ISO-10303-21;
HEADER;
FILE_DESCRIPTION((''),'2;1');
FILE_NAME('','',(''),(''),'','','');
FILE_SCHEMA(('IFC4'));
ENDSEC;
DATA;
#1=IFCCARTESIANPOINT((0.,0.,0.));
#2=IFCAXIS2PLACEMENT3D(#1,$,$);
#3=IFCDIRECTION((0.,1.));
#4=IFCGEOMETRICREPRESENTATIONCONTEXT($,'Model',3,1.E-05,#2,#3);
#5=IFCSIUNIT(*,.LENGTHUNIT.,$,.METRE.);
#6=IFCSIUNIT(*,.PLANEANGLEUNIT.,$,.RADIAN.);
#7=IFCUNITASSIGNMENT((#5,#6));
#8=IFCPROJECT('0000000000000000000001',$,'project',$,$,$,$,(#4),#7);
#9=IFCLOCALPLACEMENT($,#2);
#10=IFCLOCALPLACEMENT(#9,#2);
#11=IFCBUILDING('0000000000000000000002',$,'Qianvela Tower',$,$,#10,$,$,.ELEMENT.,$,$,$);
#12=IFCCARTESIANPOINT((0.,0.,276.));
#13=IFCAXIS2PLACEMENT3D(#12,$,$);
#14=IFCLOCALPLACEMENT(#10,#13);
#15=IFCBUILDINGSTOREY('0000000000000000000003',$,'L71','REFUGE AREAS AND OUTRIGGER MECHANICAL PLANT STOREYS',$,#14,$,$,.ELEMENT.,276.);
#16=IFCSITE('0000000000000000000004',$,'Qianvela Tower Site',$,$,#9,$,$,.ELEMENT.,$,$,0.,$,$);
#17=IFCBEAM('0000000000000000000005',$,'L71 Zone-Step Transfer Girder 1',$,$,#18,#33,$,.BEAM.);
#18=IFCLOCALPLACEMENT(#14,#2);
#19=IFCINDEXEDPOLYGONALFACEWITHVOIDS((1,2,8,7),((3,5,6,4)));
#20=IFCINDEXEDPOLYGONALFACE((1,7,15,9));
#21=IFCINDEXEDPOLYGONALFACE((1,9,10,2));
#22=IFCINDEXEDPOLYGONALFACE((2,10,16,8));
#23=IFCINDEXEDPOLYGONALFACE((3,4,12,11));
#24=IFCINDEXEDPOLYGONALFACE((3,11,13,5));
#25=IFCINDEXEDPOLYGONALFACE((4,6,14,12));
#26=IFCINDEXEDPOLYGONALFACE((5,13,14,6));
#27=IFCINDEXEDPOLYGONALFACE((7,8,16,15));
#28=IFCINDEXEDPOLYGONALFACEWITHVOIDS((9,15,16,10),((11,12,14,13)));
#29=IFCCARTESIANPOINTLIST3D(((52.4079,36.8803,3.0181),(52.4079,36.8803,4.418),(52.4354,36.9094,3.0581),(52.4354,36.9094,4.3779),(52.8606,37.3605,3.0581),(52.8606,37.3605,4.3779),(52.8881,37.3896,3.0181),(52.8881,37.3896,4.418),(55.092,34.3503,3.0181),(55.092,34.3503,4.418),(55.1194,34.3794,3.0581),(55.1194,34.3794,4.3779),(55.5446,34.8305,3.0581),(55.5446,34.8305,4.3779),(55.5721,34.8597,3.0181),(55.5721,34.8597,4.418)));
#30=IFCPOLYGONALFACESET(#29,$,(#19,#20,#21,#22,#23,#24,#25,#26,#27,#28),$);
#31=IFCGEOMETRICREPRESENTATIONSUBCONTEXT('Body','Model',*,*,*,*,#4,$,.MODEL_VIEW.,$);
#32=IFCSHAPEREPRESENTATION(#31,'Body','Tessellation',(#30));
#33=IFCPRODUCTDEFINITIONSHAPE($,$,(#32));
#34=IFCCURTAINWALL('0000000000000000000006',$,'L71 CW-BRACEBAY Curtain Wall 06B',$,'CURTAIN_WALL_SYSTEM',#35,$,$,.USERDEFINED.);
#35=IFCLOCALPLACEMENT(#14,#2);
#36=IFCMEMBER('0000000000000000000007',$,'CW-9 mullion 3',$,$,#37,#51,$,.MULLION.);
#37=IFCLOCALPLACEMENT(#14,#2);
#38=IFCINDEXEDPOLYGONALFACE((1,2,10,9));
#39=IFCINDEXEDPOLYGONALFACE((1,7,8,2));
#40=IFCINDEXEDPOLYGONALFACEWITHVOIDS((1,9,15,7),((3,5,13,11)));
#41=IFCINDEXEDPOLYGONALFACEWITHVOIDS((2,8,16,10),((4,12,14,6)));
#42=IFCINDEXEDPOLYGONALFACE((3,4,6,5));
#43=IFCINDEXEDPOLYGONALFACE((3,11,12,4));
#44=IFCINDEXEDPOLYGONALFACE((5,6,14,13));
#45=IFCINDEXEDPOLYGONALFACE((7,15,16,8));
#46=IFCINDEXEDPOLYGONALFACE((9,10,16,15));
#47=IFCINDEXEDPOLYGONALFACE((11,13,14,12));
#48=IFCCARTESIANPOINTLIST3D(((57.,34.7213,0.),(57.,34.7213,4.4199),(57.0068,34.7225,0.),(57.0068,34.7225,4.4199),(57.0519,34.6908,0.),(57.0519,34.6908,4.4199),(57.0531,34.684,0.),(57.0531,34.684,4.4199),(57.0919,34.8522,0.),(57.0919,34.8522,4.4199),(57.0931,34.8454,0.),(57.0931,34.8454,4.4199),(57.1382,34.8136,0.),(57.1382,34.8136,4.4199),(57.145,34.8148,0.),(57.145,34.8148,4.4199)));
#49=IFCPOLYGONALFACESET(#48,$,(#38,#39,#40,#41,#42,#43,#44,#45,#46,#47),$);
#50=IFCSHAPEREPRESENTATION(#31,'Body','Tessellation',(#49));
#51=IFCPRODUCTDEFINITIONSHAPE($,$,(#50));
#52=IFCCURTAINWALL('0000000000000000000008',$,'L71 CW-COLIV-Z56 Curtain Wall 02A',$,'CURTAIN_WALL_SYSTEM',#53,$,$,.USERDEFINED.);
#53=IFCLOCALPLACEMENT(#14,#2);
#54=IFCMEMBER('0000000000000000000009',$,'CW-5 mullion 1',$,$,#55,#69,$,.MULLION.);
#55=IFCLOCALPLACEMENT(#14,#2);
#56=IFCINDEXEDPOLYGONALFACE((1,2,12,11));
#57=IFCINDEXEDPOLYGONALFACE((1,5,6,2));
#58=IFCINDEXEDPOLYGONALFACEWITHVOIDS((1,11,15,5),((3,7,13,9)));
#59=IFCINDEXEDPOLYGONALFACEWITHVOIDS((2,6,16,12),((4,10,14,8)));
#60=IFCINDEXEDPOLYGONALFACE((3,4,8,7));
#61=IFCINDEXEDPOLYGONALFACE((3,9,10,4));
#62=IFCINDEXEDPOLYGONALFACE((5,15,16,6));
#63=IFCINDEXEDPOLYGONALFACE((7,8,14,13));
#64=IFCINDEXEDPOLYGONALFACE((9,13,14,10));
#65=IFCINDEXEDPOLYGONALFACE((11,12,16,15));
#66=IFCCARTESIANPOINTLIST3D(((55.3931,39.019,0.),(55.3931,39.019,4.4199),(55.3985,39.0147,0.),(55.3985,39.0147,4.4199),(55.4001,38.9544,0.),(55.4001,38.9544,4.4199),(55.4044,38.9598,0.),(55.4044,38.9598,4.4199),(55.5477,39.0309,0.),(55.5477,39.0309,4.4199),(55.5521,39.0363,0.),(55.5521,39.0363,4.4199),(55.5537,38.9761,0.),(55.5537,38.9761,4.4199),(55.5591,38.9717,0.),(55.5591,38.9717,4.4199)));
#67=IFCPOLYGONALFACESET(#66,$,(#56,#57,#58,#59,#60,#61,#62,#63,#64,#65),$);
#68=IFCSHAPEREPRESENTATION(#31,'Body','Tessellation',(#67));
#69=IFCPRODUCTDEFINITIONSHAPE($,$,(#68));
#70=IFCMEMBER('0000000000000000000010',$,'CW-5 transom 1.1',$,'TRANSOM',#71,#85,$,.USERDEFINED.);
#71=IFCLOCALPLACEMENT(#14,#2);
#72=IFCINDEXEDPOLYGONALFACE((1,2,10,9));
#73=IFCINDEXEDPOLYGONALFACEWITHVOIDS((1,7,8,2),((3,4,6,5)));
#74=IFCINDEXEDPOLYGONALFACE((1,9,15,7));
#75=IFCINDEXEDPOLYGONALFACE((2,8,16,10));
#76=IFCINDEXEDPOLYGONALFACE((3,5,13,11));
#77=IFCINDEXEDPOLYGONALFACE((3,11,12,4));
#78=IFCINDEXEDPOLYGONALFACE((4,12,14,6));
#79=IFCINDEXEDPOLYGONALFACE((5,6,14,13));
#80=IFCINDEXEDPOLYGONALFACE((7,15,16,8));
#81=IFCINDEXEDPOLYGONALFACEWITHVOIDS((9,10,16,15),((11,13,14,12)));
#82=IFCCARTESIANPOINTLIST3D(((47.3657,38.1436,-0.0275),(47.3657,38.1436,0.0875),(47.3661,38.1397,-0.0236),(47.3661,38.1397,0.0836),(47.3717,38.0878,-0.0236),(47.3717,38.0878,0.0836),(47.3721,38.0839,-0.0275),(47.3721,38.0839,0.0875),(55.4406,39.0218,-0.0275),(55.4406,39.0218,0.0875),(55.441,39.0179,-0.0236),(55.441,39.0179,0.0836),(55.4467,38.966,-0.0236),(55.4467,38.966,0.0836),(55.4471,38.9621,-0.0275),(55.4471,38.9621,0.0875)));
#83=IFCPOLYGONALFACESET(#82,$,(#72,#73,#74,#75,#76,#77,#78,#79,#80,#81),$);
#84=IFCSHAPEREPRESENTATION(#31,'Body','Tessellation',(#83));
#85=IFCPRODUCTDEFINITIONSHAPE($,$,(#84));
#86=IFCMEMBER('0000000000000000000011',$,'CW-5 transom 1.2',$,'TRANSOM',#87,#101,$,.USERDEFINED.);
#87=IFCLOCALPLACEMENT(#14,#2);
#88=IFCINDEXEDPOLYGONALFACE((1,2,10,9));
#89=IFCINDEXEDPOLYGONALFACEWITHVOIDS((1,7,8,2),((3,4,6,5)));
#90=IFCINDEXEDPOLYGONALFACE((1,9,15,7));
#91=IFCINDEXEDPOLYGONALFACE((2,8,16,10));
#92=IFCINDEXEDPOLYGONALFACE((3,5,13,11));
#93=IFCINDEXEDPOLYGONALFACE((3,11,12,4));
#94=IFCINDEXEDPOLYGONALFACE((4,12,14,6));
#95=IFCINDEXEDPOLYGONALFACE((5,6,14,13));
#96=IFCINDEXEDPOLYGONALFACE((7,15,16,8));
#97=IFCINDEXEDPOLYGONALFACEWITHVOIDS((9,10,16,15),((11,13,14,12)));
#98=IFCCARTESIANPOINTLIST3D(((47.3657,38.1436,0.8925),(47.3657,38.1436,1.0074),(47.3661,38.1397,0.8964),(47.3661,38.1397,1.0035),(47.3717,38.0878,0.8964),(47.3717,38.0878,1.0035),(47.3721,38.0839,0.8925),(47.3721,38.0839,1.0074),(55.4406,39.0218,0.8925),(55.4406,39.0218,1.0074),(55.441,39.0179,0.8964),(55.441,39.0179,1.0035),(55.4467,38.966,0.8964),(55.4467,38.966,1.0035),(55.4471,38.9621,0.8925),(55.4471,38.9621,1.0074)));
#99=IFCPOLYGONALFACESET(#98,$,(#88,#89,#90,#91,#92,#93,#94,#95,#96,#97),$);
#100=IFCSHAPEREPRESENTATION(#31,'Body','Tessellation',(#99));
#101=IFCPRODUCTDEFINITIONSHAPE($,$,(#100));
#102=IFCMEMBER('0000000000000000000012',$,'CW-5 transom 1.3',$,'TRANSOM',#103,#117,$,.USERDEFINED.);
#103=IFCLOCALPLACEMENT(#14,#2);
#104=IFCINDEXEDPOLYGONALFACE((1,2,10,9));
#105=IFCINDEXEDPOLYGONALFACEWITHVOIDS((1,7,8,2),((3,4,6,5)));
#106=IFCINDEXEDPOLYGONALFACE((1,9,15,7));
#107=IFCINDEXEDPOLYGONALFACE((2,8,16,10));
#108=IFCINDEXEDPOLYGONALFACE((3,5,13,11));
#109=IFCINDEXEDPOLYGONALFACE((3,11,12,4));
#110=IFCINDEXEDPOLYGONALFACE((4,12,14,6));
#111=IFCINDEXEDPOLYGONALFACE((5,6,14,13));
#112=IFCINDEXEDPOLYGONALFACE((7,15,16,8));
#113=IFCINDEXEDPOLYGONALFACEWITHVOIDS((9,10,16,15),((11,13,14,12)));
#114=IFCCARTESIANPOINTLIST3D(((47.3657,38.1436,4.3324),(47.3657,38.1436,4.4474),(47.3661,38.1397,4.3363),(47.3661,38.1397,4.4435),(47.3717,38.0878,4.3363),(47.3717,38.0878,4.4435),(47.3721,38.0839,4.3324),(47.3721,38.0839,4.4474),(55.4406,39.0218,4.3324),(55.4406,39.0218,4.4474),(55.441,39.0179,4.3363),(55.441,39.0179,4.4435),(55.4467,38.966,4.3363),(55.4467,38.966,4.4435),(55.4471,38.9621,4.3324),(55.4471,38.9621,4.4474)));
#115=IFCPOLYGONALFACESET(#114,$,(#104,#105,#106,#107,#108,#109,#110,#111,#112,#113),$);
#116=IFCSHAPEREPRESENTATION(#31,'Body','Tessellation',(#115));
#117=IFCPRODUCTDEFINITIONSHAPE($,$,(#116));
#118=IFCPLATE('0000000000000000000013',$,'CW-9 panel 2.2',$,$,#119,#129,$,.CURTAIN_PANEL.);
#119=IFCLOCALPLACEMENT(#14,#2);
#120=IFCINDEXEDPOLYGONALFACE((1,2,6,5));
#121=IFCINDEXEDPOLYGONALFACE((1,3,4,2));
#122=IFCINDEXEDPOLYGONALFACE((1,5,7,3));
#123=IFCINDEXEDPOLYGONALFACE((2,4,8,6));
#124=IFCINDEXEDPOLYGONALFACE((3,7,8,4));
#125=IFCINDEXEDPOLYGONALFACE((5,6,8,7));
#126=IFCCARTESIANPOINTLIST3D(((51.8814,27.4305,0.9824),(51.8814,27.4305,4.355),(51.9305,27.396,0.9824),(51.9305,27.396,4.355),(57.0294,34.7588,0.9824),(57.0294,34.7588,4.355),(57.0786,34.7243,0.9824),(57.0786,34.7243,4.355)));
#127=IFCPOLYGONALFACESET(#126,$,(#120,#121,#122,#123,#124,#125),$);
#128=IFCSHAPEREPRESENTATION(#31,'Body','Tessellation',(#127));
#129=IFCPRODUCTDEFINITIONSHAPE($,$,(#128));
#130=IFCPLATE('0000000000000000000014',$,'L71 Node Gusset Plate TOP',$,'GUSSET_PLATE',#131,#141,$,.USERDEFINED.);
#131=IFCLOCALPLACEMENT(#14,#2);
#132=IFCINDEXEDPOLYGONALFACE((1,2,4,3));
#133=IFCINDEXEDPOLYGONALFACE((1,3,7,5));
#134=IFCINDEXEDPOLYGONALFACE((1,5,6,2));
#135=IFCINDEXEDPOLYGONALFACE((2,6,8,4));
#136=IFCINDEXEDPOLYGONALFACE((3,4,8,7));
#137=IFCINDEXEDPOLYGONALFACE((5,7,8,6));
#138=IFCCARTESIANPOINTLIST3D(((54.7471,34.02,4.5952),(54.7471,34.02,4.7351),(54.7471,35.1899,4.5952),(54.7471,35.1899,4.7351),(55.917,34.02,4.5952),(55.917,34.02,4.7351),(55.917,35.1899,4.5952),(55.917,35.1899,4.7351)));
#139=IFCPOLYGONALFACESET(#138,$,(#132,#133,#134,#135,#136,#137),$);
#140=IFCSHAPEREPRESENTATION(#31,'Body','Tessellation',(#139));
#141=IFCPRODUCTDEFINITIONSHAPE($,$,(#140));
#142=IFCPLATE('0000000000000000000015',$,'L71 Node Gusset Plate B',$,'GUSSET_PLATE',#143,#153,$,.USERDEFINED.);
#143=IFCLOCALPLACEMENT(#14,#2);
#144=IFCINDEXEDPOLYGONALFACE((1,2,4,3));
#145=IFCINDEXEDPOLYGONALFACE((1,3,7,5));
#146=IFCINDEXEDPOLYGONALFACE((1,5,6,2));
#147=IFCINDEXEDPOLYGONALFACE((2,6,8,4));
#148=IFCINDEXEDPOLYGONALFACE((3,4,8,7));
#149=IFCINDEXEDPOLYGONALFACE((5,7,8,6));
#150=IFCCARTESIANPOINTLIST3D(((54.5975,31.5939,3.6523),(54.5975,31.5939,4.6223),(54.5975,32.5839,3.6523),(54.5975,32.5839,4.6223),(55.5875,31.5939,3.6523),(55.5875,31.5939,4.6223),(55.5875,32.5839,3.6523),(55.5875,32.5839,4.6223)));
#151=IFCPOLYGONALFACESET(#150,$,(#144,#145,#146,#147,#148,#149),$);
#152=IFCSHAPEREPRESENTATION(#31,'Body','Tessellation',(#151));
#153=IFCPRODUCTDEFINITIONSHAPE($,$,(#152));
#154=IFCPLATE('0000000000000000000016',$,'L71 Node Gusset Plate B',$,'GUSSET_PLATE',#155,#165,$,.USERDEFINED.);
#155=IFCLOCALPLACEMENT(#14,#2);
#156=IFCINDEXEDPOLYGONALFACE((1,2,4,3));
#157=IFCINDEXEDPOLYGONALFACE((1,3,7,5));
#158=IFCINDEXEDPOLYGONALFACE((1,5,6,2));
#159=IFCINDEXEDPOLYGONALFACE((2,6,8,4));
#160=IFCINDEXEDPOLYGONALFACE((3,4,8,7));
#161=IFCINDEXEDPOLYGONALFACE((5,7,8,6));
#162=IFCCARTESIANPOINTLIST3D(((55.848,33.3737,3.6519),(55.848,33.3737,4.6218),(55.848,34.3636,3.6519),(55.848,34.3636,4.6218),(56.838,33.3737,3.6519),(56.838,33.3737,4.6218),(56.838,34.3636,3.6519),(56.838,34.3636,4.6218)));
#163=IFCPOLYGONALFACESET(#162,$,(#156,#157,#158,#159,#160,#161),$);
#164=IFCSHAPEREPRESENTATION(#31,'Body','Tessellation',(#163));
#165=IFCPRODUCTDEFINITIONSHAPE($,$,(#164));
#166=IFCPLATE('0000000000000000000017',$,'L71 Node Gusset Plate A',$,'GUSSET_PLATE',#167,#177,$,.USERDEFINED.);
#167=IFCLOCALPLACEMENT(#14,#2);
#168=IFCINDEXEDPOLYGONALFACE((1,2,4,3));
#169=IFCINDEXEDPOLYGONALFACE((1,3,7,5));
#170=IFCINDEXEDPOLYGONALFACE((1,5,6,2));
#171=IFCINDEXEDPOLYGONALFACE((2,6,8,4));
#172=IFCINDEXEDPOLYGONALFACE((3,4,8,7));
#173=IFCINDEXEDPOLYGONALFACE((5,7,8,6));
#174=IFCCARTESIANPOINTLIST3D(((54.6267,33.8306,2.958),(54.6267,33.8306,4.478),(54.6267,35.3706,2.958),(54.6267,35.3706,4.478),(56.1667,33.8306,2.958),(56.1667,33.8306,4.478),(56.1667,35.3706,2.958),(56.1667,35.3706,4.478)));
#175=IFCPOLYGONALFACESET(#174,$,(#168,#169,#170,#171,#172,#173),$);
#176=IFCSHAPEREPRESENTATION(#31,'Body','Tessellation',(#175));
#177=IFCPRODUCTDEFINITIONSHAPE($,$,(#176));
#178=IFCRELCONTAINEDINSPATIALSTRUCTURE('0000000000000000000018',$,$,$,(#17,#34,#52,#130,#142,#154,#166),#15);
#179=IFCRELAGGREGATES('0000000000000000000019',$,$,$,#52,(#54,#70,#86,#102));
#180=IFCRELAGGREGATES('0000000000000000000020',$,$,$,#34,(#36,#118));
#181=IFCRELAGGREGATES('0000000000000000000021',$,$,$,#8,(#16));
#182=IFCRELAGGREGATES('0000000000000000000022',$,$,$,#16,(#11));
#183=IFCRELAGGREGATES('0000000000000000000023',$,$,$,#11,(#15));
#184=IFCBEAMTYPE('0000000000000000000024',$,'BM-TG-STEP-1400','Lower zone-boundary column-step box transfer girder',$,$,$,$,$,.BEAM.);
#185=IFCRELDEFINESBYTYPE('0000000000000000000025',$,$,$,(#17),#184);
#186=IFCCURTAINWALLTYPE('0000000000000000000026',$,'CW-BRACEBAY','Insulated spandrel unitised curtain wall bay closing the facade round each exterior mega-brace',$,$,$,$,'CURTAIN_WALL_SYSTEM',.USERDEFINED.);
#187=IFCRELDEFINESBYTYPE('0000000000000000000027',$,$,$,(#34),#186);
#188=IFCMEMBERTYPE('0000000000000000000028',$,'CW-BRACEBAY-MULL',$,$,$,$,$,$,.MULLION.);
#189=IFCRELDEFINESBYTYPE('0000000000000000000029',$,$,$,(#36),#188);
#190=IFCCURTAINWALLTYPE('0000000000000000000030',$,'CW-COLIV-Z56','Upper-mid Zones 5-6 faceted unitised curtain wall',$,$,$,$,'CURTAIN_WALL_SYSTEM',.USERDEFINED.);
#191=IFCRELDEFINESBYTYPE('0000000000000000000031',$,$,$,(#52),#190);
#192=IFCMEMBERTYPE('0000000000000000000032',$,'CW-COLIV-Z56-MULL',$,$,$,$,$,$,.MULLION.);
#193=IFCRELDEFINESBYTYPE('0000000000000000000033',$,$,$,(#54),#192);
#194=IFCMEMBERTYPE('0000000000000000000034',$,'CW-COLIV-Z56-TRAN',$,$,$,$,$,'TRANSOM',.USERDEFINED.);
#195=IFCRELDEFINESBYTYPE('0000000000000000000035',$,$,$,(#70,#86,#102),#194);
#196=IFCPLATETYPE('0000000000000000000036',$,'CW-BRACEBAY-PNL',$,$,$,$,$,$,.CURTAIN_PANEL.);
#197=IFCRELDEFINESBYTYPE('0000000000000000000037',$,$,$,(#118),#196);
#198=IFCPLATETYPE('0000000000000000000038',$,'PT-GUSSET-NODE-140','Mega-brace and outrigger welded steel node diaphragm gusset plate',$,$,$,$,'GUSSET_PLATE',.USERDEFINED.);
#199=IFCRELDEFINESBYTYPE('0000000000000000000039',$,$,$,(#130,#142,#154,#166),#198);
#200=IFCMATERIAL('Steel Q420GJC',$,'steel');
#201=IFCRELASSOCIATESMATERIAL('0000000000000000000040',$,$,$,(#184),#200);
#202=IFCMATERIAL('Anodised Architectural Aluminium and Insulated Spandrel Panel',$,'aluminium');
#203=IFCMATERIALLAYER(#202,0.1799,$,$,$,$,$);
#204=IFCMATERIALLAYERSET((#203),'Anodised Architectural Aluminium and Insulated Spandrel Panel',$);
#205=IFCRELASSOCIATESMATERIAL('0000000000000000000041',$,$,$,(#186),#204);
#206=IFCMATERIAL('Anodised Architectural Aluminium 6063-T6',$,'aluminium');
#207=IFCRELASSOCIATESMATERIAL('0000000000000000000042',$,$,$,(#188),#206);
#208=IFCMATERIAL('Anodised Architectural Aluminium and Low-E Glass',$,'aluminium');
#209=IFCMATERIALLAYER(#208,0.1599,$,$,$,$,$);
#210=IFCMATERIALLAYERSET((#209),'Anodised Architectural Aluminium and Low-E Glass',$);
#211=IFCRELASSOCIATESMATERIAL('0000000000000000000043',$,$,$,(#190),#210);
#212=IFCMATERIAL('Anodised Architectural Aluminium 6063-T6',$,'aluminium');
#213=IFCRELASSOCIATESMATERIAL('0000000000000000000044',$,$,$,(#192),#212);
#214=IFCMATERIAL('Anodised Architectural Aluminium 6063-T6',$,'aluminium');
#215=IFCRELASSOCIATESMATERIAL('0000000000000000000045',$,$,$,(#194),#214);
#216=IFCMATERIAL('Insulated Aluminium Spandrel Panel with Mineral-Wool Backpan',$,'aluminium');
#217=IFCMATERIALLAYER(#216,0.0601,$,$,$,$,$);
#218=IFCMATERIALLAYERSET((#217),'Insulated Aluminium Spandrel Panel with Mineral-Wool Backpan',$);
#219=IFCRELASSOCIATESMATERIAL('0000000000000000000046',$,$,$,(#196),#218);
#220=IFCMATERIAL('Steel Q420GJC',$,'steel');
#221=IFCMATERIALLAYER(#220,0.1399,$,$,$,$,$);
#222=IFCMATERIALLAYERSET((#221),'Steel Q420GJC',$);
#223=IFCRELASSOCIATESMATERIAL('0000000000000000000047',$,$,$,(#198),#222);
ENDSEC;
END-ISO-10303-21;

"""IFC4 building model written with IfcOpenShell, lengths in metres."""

from ifc_helpers import new_model, si_unit, direction, frame, origin, origin_2d, place, context, subcontext, project, spatial, rectangle, hollow_rectangle, extrude, material, layer, layer_set, material_profile, profile_set, type_object, element, aggregate, save


model = new_model("IFC4")

# Units and contexts
model_context = context("Model", 3, precision=1e-05, world=origin(), true_north=direction((0.0, 1.0)))
body_context = subcontext(model_context, "Body", "Model", "MODEL_VIEW")
ifc_project = project(units=[si_unit("LENGTHUNIT", "METRE"), si_unit("PLANEANGLEUNIT", "RADIAN")], contexts=[model_context])

# Site, building, storey
site_placement = place(None, origin())
site = spatial("IfcSite", under=ifc_project, at=site_placement, Name="Qianvela Tower Site", CompositionType="ELEMENT", RefElevation=0.0)
building_placement = place(site_placement, origin())
building = spatial("IfcBuilding", under=site, at=building_placement, Name="Qianvela Tower", CompositionType="ELEMENT")
storey_placement = place(building_placement, frame((0.0, 0.0, 276.0)))
storey = spatial("IfcBuildingStorey", under=building, at=storey_placement, Name="L71", Description="REFUGE AREAS AND OUTRIGGER MECHANICAL PLANT STOREYS", CompositionType="ELEMENT", Elevation=276.0)

# Beam
ifc_material_1 = material(Name="Steel Q420GJC", Category="steel")
ifc_material_profile_1 = material_profile(ifc_material_1, hollow_rectangle(XDim=0.7, YDim=1.3999, WallThickness=0.04, at=origin_2d()), Name="TG-BOX-1400x700x40")
ifc_profile_set_1 = profile_set([ifc_material_profile_1], Name="Steel Q420GJC")
beam_type_1 = type_object("IfcBeamType", Name="BM-TG-STEP-1400", Description="Lower zone-boundary column-step box transfer girder", PredefinedType="BEAM", material=ifc_profile_set_1)
beam_1_placement = place(storey_placement, frame((55.332, 34.605, 3.718), z_axis=(-0.727681, 0.685916, 0.0), x_axis=(-0.685916, -0.727681, 0.0)))
element("IfcBeam", 1, at=beam_1_placement, inside=storey, type_object=beam_type_1, Name="L71 Zone-Step Transfer Girder 1", PredefinedType="BEAM", context=body_context, shape_type="SweptSolid", body=[
    extrude(hollow_rectangle(XDim=0.7, YDim=1.3999, WallThickness=0.04, at=origin_2d()), origin(), (0.0, 0.0, 1.0), 3.6885),
])

# Curtain wall, member
ifc_material_2 = material(Name="Anodised Architectural Aluminium and Insulated Spandrel Panel", Category="aluminium")
ifc_layer_1 = layer(ifc_material_2, 0.1799)
ifc_layer_set_1 = layer_set([ifc_layer_1], Name="Anodised Architectural Aluminium and Insulated Spandrel Panel")
curtain_wall_type_1 = type_object("IfcCurtainWallType", Name="CW-BRACEBAY", Description="Insulated spandrel unitised curtain wall bay closing the facade round each exterior mega-brace", ElementType="CURTAIN_WALL_SYSTEM", PredefinedType="USERDEFINED", material=ifc_layer_set_1)
curtain_wall_1_placement = place(storey_placement, origin())
curtain_wall_1 = element("IfcCurtainWall", 2, at=curtain_wall_1_placement, inside=storey, type_object=curtain_wall_type_1, Name="L71 CW-BRACEBAY Curtain Wall 06B", ObjectType="CURTAIN_WALL_SYSTEM", PredefinedType="USERDEFINED")
ifc_material_3 = material(Name="Anodised Architectural Aluminium 6063-T6", Category="aluminium")
ifc_material_profile_2 = material_profile(ifc_material_3, hollow_rectangle(XDim=0.0649, YDim=0.1599, WallThickness=0.0049, at=origin_2d()), Name="ALU-MULL-65x160")
ifc_profile_set_2 = profile_set([ifc_material_profile_2], Name="Anodised Architectural Aluminium 6063-T6")
member_type_1 = type_object("IfcMemberType", Name="CW-BRACEBAY-MULL", PredefinedType="MULLION", material=ifc_profile_set_2)
member_1_placement = place(storey_placement, frame((57.0725, 34.7681, 0.0), z_axis=(0.0, 0.0, 1.0), x_axis=(-0.818278, 0.574823, 0.0)))
member_1 = element("IfcMember", 3, at=member_1_placement, type_object=member_type_1, Name="CW-9 mullion 3", PredefinedType="MULLION", context=body_context, shape_type="SweptSolid", body=[
    extrude(hollow_rectangle(XDim=0.0649, YDim=0.1599, WallThickness=0.0049, at=origin_2d()), origin(), (0.0, 0.0, 1.0), 4.4199),
])

# Curtain wall, members
ifc_material_4 = material(Name="Anodised Architectural Aluminium and Low-E Glass", Category="aluminium")
ifc_layer_2 = layer(ifc_material_4, 0.1599)
ifc_layer_set_2 = layer_set([ifc_layer_2], Name="Anodised Architectural Aluminium and Low-E Glass")
curtain_wall_type_2 = type_object("IfcCurtainWallType", Name="CW-COLIV-Z56", Description="Upper-mid Zones 5-6 faceted unitised curtain wall", ElementType="CURTAIN_WALL_SYSTEM", PredefinedType="USERDEFINED", material=ifc_layer_set_2)
curtain_wall_2_placement = place(storey_placement, origin())
curtain_wall_2 = element("IfcCurtainWall", 4, at=curtain_wall_2_placement, inside=storey, type_object=curtain_wall_type_2, Name="L71 CW-COLIV-Z56 Curtain Wall 02A", ObjectType="CURTAIN_WALL_SYSTEM", PredefinedType="USERDEFINED")
ifc_material_5 = material(Name="Anodised Architectural Aluminium 6063-T6", Category="aluminium")
ifc_material_profile_3 = material_profile(ifc_material_5, hollow_rectangle(XDim=0.0649, YDim=0.1599, WallThickness=0.0049, at=origin_2d()), Name="ALU-MULL-65x160")
ifc_profile_set_3 = profile_set([ifc_material_profile_3], Name="Anodised Architectural Aluminium 6063-T6")
member_type_2 = type_object("IfcMemberType", Name="CW-COLIV-Z56-MULL", PredefinedType="MULLION", material=ifc_profile_set_3)
member_2_placement = place(storey_placement, frame((55.4761, 38.9954, 0.0), z_axis=(0.0, 0.0, 1.0), x_axis=(0.108121, -0.994138, 0.0)))
member_2 = element("IfcMember", 5, at=member_2_placement, type_object=member_type_2, Name="CW-5 mullion 1", PredefinedType="MULLION", context=body_context, shape_type="SweptSolid", body=[
    extrude(hollow_rectangle(XDim=0.0649, YDim=0.1599, WallThickness=0.0049, at=origin_2d()), origin(), (0.0, 0.0, 1.0), 4.4199),
])
ifc_material_6 = material(Name="Anodised Architectural Aluminium 6063-T6", Category="aluminium")
ifc_material_profile_4 = material_profile(ifc_material_6, hollow_rectangle(XDim=0.0601, YDim=0.115, WallThickness=0.0039, at=origin_2d()), Name="ALU-TRAN-60x115")
ifc_profile_set_4 = profile_set([ifc_material_profile_4], Name="Anodised Architectural Aluminium 6063-T6")
member_type_3 = type_object("IfcMemberType", Name="CW-COLIV-Z56-TRAN", ElementType="TRANSOM", PredefinedType="USERDEFINED", material=ifc_profile_set_4)
member_3_placement = place(storey_placement, frame((55.4438, 38.9919, 0.03), z_axis=(-0.994138, -0.108115, 0.0), x_axis=(0.108115, -0.994138, 0.0)))
member_3 = element("IfcMember", 6, at=member_3_placement, type_object=member_type_3, Name="CW-5 transom 1.1", ObjectType="TRANSOM", PredefinedType="USERDEFINED", context=body_context, shape_type="SweptSolid", body=[
    extrude(hollow_rectangle(XDim=0.0601, YDim=0.115, WallThickness=0.0039, at=origin_2d()), origin(), (0.0, 0.0, 1.0), 8.1226),
])
member_4_placement = place(storey_placement, frame((55.4438, 38.9919, 0.95), z_axis=(-0.994138, -0.108115, 0.0), x_axis=(0.108115, -0.994138, 0.0)))
member_4 = element("IfcMember", 7, at=member_4_placement, type_object=member_type_3, Name="CW-5 transom 1.2", ObjectType="TRANSOM", PredefinedType="USERDEFINED", context=body_context, shape_type="SweptSolid", body=[
    extrude(hollow_rectangle(XDim=0.0601, YDim=0.115, WallThickness=0.0039, at=origin_2d()), origin(), (0.0, 0.0, 1.0), 8.1226),
])
member_5_placement = place(storey_placement, frame((55.4438, 38.9919, 4.3899), z_axis=(-0.994138, -0.108115, 0.0), x_axis=(0.108115, -0.994138, 0.0)))
member_5 = element("IfcMember", 8, at=member_5_placement, type_object=member_type_3, Name="CW-5 transom 1.3", ObjectType="TRANSOM", PredefinedType="USERDEFINED", context=body_context, shape_type="SweptSolid", body=[
    extrude(hollow_rectangle(XDim=0.0601, YDim=0.115, WallThickness=0.0039, at=origin_2d()), origin(), (0.0, 0.0, 1.0), 8.1226),
])
aggregate(curtain_wall_2, [member_2, member_3, member_4, member_5])

# Plate
ifc_material_7 = material(Name="Insulated Aluminium Spandrel Panel with Mineral-Wool Backpan", Category="aluminium")
ifc_layer_3 = layer(ifc_material_7, 0.0601)
ifc_layer_set_3 = layer_set([ifc_layer_3], Name="Insulated Aluminium Spandrel Panel with Mineral-Wool Backpan")
plate_type_1 = type_object("IfcPlateType", Name="CW-BRACEBAY-PNL", PredefinedType="CURTAIN_PANEL", material=ifc_layer_set_3)
plate_1_placement = place(storey_placement, frame((54.48, 31.0774, 0.9824), z_axis=(0.0, 0.0, 1.0), x_axis=(0.574823, 0.818278, 0.0)))
plate_1 = element("IfcPlate", 9, at=plate_1_placement, type_object=plate_type_1, Name="CW-9 panel 2.2", PredefinedType="CURTAIN_PANEL", context=body_context, shape_type="SweptSolid", body=[
    extrude(rectangle(XDim=8.9558, YDim=0.0601, at=origin_2d()), origin(), (0.0, 0.0, 1.0), 3.3726),
])
aggregate(curtain_wall_1, [member_1, plate_1])

# Plates
ifc_material_8 = material(Name="Steel Q420GJC", Category="steel")
ifc_layer_4 = layer(ifc_material_8, 0.1399)
ifc_layer_set_4 = layer_set([ifc_layer_4], Name="Steel Q420GJC")
plate_type_2 = type_object("IfcPlateType", Name="PT-GUSSET-NODE-140", Description="Mega-brace and outrigger welded steel node diaphragm gusset plate", ElementType="GUSSET_PLATE", PredefinedType="USERDEFINED", material=ifc_layer_set_4)
plate_2_placement = place(storey_placement, frame((55.332, 34.605, 4.5952), z_axis=(0.0, 0.0, 1.0), x_axis=(1.0, 0.0, 0.0)))
element("IfcPlate", 10, at=plate_2_placement, inside=storey, type_object=plate_type_2, Name="L71 Node Gusset Plate TOP", ObjectType="GUSSET_PLATE", PredefinedType="USERDEFINED", context=body_context, shape_type="SweptSolid", body=[
    extrude(rectangle(XDim=1.1699, YDim=1.1699, at=origin_2d()), origin(), (0.0, 0.0, 1.0), 0.1399),
])
for number, where, z_axis, x_axis, name in (
    (11, (55.0925, 32.0889, 3.6523), (0.0, 0.0, 1.0), (1.0, 0.0, 0.0), "L71 Node Gusset Plate B"),
    (12, (56.343, 33.8687, 3.6519), (0.0, 0.0, 1.0), (1.0, 0.0, 0.0), "L71 Node Gusset Plate B"),
):
    element("IfcPlate", number, at=place(storey_placement, frame(where, z_axis=z_axis, x_axis=x_axis)), inside=storey, type_object=plate_type_2, Name=name, ObjectType="GUSSET_PLATE", PredefinedType="USERDEFINED", context=body_context, shape_type="SweptSolid", body=[
        extrude(rectangle(XDim=0.99, YDim=0.99, at=origin_2d()), origin(), (0.0, 0.0, 1.0), 0.97),
    ])
plate_3_placement = place(storey_placement, frame((55.3967, 34.6006, 2.958), z_axis=(0.0, 0.0, 1.0), x_axis=(1.0, 0.0, 0.0)))
element("IfcPlate", 13, at=plate_3_placement, inside=storey, type_object=plate_type_2, Name="L71 Node Gusset Plate A", ObjectType="GUSSET_PLATE", PredefinedType="USERDEFINED", context=body_context, shape_type="SweptSolid", body=[
    extrude(rectangle(XDim=1.54, YDim=1.54, at=origin_2d()), origin(), (0.0, 0.0, 1.0), 1.52),
])

save(model, "model.ifc")
